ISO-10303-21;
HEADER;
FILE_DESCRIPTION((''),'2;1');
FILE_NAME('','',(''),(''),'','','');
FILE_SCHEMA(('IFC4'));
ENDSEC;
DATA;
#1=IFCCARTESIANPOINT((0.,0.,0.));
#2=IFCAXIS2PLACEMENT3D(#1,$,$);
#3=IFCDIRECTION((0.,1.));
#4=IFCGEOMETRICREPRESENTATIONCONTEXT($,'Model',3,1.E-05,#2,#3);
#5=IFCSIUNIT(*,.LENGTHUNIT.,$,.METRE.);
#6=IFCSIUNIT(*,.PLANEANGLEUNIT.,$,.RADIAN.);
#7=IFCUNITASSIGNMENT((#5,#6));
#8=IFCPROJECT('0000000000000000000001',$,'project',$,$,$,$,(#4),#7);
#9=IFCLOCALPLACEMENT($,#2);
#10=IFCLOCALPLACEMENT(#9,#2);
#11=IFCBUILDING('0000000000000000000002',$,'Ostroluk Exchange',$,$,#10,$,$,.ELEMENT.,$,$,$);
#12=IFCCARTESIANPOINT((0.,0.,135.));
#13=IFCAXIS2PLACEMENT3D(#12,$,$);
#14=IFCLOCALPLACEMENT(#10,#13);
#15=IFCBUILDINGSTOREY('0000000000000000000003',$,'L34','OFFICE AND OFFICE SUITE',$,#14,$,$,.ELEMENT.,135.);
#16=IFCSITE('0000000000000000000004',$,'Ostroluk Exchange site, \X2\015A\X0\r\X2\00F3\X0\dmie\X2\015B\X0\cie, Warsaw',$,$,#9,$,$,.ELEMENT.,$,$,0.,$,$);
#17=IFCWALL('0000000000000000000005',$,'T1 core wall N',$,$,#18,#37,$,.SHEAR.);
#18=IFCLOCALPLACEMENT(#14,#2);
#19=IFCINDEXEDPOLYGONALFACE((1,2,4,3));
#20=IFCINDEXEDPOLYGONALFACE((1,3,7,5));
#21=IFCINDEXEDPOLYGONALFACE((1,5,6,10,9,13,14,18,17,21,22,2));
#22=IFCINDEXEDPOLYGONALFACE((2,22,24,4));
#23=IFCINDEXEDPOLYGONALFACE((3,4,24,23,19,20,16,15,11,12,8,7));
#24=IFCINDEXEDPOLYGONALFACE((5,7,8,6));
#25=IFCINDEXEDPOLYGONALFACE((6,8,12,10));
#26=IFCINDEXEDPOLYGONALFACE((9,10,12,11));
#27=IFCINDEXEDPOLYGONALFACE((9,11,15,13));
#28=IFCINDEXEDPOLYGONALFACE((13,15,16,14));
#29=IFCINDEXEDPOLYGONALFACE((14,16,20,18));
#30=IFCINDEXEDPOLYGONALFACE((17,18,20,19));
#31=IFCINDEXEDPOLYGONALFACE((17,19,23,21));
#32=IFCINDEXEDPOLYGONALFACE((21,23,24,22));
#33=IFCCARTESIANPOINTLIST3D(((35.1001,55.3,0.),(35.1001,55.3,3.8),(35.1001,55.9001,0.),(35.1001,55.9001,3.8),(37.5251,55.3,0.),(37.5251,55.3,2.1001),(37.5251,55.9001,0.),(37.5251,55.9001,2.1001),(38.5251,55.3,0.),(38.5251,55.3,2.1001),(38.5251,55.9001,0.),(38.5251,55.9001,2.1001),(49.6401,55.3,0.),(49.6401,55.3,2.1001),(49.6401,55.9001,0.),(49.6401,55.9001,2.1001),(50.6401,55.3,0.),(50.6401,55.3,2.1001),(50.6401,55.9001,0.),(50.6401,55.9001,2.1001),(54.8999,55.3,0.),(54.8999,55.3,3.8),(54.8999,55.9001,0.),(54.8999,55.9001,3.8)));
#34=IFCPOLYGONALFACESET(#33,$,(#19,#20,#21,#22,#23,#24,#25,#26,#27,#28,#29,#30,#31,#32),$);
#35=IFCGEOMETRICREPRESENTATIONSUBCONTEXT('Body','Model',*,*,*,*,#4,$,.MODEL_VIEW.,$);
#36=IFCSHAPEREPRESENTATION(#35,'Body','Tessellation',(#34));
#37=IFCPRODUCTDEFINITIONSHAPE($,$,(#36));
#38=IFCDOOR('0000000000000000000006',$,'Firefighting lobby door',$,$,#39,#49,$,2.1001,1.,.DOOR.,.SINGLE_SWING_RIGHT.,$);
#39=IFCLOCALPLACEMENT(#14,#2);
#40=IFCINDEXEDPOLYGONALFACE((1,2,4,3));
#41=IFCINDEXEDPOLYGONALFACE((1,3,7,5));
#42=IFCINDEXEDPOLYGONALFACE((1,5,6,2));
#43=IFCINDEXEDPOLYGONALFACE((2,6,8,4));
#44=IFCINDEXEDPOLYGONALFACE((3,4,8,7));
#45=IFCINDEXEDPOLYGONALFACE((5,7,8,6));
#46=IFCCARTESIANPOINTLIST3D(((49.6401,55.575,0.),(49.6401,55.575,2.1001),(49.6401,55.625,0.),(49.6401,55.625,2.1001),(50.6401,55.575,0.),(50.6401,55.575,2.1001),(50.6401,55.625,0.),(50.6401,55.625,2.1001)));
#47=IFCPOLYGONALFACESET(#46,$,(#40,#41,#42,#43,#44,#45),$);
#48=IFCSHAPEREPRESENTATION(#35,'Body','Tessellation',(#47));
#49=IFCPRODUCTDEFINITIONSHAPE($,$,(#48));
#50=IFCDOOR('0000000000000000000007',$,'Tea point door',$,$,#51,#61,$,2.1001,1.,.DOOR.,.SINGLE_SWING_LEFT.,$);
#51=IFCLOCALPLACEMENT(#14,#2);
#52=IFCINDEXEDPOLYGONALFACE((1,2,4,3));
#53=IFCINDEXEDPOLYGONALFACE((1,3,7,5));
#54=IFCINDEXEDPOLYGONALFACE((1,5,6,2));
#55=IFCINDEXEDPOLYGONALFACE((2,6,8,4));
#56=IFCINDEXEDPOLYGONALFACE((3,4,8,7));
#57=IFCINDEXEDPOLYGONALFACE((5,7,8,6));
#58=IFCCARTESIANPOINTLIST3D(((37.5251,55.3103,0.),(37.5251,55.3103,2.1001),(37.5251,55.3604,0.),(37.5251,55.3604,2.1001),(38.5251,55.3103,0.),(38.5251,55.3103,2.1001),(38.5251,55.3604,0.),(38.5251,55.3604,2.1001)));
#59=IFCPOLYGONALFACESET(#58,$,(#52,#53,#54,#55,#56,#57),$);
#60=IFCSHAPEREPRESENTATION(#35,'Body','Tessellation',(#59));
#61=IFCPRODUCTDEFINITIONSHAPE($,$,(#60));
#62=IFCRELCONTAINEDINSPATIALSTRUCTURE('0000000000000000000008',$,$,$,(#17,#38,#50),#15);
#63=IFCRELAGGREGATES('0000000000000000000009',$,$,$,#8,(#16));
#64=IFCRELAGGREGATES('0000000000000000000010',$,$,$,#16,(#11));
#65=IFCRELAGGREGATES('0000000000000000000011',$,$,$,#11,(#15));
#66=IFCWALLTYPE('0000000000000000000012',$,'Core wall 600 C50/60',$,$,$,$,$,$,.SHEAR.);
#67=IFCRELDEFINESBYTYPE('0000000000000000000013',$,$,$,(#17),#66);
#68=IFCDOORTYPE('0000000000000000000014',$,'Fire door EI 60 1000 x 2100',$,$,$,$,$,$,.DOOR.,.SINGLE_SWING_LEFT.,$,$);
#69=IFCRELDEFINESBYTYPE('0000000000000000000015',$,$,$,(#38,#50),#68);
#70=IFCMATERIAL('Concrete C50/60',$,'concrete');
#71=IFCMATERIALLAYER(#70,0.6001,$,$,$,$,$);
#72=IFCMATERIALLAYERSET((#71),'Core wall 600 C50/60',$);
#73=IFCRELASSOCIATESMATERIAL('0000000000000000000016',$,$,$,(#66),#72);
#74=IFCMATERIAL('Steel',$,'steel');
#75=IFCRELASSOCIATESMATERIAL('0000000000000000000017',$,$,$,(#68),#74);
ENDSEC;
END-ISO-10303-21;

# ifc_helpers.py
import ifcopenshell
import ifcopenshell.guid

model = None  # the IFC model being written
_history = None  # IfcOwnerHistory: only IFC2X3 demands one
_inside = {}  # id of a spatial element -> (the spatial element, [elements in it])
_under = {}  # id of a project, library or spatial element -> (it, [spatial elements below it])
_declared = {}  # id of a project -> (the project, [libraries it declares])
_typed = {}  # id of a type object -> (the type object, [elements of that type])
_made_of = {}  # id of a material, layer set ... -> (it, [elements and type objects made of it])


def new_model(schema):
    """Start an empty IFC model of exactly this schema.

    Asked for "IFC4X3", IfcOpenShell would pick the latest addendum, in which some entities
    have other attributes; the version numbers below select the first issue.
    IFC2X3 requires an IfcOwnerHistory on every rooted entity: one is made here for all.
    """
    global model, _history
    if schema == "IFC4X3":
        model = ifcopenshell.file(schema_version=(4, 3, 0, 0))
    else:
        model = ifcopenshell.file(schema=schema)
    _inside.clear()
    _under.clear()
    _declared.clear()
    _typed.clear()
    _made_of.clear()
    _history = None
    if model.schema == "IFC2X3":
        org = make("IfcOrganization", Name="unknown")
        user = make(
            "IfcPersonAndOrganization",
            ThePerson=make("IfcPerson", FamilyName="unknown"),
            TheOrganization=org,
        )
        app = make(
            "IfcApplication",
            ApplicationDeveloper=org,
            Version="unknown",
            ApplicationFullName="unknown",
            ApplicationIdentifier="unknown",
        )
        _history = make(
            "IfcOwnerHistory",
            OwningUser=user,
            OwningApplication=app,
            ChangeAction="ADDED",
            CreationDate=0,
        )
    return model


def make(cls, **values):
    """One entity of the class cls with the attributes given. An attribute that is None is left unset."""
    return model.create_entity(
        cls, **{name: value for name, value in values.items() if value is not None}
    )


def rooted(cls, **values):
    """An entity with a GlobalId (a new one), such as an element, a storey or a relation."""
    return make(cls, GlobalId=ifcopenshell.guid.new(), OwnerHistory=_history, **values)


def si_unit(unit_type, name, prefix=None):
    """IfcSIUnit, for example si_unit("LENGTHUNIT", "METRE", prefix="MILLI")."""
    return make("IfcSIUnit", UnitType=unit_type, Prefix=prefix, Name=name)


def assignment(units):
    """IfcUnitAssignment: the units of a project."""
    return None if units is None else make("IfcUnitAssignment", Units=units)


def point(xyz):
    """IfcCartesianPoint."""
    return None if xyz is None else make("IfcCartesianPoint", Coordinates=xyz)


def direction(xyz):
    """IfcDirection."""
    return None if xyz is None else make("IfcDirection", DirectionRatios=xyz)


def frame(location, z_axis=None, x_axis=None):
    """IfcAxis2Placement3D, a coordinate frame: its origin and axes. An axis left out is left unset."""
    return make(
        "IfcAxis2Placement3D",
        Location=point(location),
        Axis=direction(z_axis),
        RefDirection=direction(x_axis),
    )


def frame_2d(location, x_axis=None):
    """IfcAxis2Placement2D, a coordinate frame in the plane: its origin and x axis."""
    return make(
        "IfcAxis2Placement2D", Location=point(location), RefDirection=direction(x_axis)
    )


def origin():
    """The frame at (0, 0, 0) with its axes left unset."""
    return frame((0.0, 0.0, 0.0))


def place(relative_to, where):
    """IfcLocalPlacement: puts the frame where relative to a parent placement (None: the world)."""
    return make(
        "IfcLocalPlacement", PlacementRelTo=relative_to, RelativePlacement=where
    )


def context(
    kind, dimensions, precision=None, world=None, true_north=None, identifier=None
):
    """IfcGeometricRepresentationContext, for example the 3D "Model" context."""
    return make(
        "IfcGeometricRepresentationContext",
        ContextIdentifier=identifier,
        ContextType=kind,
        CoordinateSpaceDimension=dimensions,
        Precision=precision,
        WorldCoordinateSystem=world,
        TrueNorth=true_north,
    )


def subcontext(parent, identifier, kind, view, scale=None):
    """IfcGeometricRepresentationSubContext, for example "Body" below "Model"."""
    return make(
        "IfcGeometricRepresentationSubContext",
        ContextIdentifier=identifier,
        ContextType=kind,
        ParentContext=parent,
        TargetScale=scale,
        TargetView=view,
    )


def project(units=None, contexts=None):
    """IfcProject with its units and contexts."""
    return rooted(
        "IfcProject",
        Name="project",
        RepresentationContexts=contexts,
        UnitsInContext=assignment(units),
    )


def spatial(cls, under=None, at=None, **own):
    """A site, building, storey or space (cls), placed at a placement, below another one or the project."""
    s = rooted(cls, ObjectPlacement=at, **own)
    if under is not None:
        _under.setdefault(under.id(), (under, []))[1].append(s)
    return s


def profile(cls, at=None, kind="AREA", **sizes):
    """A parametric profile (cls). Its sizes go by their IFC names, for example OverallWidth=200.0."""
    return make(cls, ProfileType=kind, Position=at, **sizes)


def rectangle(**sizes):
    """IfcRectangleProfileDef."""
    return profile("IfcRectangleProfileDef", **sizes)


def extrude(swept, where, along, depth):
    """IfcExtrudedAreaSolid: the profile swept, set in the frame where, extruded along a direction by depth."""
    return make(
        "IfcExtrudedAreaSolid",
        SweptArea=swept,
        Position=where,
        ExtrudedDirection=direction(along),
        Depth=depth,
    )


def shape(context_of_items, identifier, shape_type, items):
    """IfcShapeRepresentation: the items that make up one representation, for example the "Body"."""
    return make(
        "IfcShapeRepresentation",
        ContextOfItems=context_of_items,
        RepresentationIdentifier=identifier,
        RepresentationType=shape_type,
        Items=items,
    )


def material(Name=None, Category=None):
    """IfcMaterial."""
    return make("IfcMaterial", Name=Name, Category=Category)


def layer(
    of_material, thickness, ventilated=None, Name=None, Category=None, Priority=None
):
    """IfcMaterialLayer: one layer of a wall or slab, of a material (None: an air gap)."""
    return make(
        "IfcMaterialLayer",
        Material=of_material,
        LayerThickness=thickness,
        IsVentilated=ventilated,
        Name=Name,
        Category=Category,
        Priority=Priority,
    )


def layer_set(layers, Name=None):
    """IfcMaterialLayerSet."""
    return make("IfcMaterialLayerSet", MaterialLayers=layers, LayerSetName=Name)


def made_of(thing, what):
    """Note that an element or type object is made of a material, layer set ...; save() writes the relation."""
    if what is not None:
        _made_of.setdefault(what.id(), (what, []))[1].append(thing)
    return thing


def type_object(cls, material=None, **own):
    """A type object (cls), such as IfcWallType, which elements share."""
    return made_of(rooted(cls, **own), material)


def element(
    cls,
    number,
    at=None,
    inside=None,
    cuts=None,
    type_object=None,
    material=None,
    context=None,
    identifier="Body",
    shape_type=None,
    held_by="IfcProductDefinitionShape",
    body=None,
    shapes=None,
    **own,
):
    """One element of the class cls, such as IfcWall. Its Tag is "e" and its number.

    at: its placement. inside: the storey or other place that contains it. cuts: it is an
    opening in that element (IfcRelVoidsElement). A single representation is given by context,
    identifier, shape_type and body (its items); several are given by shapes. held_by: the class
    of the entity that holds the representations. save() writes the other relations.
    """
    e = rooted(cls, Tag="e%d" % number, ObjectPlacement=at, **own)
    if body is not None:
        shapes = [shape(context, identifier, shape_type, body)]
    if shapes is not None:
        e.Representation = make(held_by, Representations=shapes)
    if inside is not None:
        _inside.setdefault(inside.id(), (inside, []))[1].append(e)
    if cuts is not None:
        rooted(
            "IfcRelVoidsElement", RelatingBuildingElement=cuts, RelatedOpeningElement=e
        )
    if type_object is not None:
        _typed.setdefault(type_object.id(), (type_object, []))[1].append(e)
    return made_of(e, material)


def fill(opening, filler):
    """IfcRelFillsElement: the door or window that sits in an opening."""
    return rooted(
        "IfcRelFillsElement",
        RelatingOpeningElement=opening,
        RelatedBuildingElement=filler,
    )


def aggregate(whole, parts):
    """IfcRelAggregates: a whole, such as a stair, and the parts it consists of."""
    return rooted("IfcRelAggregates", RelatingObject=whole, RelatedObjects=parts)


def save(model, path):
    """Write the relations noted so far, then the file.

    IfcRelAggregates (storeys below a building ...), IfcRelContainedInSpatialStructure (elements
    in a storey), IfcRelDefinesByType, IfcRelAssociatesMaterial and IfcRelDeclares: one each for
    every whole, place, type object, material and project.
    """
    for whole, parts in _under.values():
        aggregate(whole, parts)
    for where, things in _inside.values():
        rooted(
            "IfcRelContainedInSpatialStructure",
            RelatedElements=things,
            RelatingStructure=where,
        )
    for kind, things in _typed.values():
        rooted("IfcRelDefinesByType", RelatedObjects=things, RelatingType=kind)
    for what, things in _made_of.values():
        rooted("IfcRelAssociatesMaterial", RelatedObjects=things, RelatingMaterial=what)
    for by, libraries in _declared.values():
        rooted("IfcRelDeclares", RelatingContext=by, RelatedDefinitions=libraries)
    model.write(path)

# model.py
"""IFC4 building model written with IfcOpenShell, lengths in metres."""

from ifc_helpers import new_model, si_unit, direction, frame, frame_2d, origin, place, context, subcontext, project, spatial, rectangle, extrude, material, layer, layer_set, type_object, element, fill, save


model = new_model("IFC4")

# Units and contexts
model_context = context("Model", 3, precision=1e-05, world=origin(), true_north=direction((0.0, 1.0)))
body_context = subcontext(model_context, "Body", "Model", "MODEL_VIEW")
ifc_project = project(units=[si_unit("LENGTHUNIT", "METRE"), si_unit("PLANEANGLEUNIT", "RADIAN")], contexts=[model_context])

# Site, building, storey
site_placement = place(None, origin())
site = spatial("IfcSite", under=ifc_project, at=site_placement, Name="Ostroluk Exchange site, Śródmieście, Warsaw", CompositionType="ELEMENT", RefElevation=0.0)
building_placement = place(site_placement, origin())
building = spatial("IfcBuilding", under=site, at=building_placement, Name="Ostroluk Exchange", CompositionType="ELEMENT")
storey_placement = place(building_placement, frame((0.0, 0.0, 135.0)))
storey = spatial("IfcBuildingStorey", under=building, at=storey_placement, Name="L34", Description="OFFICE AND OFFICE SUITE", CompositionType="ELEMENT", Elevation=135.0)

# Wall, openings, doors
ifc_material_1 = material(Name="Concrete C50/60", Category="concrete")
ifc_layer_1 = layer(ifc_material_1, 0.6001)
ifc_layer_set_1 = layer_set([ifc_layer_1], Name="Core wall 600 C50/60")
wall_type_1 = type_object("IfcWallType", Name="Core wall 600 C50/60", PredefinedType="SHEAR", material=ifc_layer_set_1)
wall_1_placement = place(storey_placement, frame((35.1001, 55.6001, 0.0), z_axis=(0.0, 0.0, 1.0), x_axis=(1.0, 0.0, 0.0)))
wall_1 = element("IfcWall", 1, at=wall_1_placement, inside=storey, type_object=wall_type_1, Name="T1 core wall N", PredefinedType="SHEAR", context=body_context, shape_type="SweptSolid", body=[
    extrude(rectangle(XDim=19.7998, YDim=0.6001, at=frame_2d((9.8999, 0.0))), origin(), (0.0, 0.0, 1.0), 3.8),
])
opening_1_placement = place(wall_1_placement, frame((14.54, 0.0, 0.0)))
opening_1 = element("IfcOpeningElement", 2, at=opening_1_placement, cuts=wall_1, PredefinedType="OPENING", context=body_context, shape_type="SweptSolid", body=[
    extrude(rectangle(XDim=1.0, YDim=2.1001, at=frame_2d((0.5, 1.05))), frame((0.0, 0.3101, 0.0), z_axis=(0.0, -1.0, 0.0), x_axis=(1.0, 0.0, 0.0)), (0.0, 0.0, 1.0), 0.6201),
])
opening_2_placement = place(wall_1_placement, frame((2.425, 0.0, 0.0)))
opening_2 = element("IfcOpeningElement", 3, at=opening_2_placement, cuts=wall_1, PredefinedType="OPENING", context=body_context, shape_type="SweptSolid", body=[
    extrude(rectangle(XDim=1.0, YDim=2.1001, at=frame_2d((0.5, 1.05))), frame((0.0, 0.3101, 0.0), z_axis=(0.0, -1.0, 0.0), x_axis=(1.0, 0.0, 0.0)), (0.0, 0.0, 1.0), 0.6201),
])
ifc_material_2 = material(Name="Steel", Category="steel")
door_type = type_object("IfcDoorType", Name="Fire door EI 60 1000 x 2100", OperationType="SINGLE_SWING_LEFT", PredefinedType="DOOR", material=ifc_material_2)
door_1_placement = place(opening_1_placement, origin())
door_1 = element("IfcDoor", 4, at=door_1_placement, inside=storey, type_object=door_type, Name="Firefighting lobby door", OperationType="SINGLE_SWING_RIGHT", OverallHeight=2.1001, OverallWidth=1.0, PredefinedType="DOOR", context=body_context, shape_type="SweptSolid", body=[
    extrude(rectangle(XDim=1.0, YDim=2.1001, at=frame_2d((0.5, 1.05))), frame((0.0, 0.0249, 0.0), z_axis=(0.0, -1.0, 0.0), x_axis=(1.0, 0.0, 0.0)), (0.0, 0.0, 1.0), 0.05),
])
fill(opening_1, door_1)
door_2_placement = place(opening_2_placement, origin())
door_2 = element("IfcDoor", 5, at=door_2_placement, inside=storey, type_object=door_type, Name="Tea point door", OperationType="SINGLE_SWING_LEFT", OverallHeight=2.1001, OverallWidth=1.0, PredefinedType="DOOR", context=body_context, shape_type="SweptSolid", body=[
    extrude(rectangle(XDim=1.0, YDim=2.1001, at=frame_2d((0.5, 1.05))), frame((0.0, -0.2397, 0.0), z_axis=(0.0, -1.0, 0.0), x_axis=(1.0, 0.0, 0.0)), (0.0, 0.0, 1.0), 0.05),
])
fill(opening_2, door_2)

save(model, "model.ifc")
